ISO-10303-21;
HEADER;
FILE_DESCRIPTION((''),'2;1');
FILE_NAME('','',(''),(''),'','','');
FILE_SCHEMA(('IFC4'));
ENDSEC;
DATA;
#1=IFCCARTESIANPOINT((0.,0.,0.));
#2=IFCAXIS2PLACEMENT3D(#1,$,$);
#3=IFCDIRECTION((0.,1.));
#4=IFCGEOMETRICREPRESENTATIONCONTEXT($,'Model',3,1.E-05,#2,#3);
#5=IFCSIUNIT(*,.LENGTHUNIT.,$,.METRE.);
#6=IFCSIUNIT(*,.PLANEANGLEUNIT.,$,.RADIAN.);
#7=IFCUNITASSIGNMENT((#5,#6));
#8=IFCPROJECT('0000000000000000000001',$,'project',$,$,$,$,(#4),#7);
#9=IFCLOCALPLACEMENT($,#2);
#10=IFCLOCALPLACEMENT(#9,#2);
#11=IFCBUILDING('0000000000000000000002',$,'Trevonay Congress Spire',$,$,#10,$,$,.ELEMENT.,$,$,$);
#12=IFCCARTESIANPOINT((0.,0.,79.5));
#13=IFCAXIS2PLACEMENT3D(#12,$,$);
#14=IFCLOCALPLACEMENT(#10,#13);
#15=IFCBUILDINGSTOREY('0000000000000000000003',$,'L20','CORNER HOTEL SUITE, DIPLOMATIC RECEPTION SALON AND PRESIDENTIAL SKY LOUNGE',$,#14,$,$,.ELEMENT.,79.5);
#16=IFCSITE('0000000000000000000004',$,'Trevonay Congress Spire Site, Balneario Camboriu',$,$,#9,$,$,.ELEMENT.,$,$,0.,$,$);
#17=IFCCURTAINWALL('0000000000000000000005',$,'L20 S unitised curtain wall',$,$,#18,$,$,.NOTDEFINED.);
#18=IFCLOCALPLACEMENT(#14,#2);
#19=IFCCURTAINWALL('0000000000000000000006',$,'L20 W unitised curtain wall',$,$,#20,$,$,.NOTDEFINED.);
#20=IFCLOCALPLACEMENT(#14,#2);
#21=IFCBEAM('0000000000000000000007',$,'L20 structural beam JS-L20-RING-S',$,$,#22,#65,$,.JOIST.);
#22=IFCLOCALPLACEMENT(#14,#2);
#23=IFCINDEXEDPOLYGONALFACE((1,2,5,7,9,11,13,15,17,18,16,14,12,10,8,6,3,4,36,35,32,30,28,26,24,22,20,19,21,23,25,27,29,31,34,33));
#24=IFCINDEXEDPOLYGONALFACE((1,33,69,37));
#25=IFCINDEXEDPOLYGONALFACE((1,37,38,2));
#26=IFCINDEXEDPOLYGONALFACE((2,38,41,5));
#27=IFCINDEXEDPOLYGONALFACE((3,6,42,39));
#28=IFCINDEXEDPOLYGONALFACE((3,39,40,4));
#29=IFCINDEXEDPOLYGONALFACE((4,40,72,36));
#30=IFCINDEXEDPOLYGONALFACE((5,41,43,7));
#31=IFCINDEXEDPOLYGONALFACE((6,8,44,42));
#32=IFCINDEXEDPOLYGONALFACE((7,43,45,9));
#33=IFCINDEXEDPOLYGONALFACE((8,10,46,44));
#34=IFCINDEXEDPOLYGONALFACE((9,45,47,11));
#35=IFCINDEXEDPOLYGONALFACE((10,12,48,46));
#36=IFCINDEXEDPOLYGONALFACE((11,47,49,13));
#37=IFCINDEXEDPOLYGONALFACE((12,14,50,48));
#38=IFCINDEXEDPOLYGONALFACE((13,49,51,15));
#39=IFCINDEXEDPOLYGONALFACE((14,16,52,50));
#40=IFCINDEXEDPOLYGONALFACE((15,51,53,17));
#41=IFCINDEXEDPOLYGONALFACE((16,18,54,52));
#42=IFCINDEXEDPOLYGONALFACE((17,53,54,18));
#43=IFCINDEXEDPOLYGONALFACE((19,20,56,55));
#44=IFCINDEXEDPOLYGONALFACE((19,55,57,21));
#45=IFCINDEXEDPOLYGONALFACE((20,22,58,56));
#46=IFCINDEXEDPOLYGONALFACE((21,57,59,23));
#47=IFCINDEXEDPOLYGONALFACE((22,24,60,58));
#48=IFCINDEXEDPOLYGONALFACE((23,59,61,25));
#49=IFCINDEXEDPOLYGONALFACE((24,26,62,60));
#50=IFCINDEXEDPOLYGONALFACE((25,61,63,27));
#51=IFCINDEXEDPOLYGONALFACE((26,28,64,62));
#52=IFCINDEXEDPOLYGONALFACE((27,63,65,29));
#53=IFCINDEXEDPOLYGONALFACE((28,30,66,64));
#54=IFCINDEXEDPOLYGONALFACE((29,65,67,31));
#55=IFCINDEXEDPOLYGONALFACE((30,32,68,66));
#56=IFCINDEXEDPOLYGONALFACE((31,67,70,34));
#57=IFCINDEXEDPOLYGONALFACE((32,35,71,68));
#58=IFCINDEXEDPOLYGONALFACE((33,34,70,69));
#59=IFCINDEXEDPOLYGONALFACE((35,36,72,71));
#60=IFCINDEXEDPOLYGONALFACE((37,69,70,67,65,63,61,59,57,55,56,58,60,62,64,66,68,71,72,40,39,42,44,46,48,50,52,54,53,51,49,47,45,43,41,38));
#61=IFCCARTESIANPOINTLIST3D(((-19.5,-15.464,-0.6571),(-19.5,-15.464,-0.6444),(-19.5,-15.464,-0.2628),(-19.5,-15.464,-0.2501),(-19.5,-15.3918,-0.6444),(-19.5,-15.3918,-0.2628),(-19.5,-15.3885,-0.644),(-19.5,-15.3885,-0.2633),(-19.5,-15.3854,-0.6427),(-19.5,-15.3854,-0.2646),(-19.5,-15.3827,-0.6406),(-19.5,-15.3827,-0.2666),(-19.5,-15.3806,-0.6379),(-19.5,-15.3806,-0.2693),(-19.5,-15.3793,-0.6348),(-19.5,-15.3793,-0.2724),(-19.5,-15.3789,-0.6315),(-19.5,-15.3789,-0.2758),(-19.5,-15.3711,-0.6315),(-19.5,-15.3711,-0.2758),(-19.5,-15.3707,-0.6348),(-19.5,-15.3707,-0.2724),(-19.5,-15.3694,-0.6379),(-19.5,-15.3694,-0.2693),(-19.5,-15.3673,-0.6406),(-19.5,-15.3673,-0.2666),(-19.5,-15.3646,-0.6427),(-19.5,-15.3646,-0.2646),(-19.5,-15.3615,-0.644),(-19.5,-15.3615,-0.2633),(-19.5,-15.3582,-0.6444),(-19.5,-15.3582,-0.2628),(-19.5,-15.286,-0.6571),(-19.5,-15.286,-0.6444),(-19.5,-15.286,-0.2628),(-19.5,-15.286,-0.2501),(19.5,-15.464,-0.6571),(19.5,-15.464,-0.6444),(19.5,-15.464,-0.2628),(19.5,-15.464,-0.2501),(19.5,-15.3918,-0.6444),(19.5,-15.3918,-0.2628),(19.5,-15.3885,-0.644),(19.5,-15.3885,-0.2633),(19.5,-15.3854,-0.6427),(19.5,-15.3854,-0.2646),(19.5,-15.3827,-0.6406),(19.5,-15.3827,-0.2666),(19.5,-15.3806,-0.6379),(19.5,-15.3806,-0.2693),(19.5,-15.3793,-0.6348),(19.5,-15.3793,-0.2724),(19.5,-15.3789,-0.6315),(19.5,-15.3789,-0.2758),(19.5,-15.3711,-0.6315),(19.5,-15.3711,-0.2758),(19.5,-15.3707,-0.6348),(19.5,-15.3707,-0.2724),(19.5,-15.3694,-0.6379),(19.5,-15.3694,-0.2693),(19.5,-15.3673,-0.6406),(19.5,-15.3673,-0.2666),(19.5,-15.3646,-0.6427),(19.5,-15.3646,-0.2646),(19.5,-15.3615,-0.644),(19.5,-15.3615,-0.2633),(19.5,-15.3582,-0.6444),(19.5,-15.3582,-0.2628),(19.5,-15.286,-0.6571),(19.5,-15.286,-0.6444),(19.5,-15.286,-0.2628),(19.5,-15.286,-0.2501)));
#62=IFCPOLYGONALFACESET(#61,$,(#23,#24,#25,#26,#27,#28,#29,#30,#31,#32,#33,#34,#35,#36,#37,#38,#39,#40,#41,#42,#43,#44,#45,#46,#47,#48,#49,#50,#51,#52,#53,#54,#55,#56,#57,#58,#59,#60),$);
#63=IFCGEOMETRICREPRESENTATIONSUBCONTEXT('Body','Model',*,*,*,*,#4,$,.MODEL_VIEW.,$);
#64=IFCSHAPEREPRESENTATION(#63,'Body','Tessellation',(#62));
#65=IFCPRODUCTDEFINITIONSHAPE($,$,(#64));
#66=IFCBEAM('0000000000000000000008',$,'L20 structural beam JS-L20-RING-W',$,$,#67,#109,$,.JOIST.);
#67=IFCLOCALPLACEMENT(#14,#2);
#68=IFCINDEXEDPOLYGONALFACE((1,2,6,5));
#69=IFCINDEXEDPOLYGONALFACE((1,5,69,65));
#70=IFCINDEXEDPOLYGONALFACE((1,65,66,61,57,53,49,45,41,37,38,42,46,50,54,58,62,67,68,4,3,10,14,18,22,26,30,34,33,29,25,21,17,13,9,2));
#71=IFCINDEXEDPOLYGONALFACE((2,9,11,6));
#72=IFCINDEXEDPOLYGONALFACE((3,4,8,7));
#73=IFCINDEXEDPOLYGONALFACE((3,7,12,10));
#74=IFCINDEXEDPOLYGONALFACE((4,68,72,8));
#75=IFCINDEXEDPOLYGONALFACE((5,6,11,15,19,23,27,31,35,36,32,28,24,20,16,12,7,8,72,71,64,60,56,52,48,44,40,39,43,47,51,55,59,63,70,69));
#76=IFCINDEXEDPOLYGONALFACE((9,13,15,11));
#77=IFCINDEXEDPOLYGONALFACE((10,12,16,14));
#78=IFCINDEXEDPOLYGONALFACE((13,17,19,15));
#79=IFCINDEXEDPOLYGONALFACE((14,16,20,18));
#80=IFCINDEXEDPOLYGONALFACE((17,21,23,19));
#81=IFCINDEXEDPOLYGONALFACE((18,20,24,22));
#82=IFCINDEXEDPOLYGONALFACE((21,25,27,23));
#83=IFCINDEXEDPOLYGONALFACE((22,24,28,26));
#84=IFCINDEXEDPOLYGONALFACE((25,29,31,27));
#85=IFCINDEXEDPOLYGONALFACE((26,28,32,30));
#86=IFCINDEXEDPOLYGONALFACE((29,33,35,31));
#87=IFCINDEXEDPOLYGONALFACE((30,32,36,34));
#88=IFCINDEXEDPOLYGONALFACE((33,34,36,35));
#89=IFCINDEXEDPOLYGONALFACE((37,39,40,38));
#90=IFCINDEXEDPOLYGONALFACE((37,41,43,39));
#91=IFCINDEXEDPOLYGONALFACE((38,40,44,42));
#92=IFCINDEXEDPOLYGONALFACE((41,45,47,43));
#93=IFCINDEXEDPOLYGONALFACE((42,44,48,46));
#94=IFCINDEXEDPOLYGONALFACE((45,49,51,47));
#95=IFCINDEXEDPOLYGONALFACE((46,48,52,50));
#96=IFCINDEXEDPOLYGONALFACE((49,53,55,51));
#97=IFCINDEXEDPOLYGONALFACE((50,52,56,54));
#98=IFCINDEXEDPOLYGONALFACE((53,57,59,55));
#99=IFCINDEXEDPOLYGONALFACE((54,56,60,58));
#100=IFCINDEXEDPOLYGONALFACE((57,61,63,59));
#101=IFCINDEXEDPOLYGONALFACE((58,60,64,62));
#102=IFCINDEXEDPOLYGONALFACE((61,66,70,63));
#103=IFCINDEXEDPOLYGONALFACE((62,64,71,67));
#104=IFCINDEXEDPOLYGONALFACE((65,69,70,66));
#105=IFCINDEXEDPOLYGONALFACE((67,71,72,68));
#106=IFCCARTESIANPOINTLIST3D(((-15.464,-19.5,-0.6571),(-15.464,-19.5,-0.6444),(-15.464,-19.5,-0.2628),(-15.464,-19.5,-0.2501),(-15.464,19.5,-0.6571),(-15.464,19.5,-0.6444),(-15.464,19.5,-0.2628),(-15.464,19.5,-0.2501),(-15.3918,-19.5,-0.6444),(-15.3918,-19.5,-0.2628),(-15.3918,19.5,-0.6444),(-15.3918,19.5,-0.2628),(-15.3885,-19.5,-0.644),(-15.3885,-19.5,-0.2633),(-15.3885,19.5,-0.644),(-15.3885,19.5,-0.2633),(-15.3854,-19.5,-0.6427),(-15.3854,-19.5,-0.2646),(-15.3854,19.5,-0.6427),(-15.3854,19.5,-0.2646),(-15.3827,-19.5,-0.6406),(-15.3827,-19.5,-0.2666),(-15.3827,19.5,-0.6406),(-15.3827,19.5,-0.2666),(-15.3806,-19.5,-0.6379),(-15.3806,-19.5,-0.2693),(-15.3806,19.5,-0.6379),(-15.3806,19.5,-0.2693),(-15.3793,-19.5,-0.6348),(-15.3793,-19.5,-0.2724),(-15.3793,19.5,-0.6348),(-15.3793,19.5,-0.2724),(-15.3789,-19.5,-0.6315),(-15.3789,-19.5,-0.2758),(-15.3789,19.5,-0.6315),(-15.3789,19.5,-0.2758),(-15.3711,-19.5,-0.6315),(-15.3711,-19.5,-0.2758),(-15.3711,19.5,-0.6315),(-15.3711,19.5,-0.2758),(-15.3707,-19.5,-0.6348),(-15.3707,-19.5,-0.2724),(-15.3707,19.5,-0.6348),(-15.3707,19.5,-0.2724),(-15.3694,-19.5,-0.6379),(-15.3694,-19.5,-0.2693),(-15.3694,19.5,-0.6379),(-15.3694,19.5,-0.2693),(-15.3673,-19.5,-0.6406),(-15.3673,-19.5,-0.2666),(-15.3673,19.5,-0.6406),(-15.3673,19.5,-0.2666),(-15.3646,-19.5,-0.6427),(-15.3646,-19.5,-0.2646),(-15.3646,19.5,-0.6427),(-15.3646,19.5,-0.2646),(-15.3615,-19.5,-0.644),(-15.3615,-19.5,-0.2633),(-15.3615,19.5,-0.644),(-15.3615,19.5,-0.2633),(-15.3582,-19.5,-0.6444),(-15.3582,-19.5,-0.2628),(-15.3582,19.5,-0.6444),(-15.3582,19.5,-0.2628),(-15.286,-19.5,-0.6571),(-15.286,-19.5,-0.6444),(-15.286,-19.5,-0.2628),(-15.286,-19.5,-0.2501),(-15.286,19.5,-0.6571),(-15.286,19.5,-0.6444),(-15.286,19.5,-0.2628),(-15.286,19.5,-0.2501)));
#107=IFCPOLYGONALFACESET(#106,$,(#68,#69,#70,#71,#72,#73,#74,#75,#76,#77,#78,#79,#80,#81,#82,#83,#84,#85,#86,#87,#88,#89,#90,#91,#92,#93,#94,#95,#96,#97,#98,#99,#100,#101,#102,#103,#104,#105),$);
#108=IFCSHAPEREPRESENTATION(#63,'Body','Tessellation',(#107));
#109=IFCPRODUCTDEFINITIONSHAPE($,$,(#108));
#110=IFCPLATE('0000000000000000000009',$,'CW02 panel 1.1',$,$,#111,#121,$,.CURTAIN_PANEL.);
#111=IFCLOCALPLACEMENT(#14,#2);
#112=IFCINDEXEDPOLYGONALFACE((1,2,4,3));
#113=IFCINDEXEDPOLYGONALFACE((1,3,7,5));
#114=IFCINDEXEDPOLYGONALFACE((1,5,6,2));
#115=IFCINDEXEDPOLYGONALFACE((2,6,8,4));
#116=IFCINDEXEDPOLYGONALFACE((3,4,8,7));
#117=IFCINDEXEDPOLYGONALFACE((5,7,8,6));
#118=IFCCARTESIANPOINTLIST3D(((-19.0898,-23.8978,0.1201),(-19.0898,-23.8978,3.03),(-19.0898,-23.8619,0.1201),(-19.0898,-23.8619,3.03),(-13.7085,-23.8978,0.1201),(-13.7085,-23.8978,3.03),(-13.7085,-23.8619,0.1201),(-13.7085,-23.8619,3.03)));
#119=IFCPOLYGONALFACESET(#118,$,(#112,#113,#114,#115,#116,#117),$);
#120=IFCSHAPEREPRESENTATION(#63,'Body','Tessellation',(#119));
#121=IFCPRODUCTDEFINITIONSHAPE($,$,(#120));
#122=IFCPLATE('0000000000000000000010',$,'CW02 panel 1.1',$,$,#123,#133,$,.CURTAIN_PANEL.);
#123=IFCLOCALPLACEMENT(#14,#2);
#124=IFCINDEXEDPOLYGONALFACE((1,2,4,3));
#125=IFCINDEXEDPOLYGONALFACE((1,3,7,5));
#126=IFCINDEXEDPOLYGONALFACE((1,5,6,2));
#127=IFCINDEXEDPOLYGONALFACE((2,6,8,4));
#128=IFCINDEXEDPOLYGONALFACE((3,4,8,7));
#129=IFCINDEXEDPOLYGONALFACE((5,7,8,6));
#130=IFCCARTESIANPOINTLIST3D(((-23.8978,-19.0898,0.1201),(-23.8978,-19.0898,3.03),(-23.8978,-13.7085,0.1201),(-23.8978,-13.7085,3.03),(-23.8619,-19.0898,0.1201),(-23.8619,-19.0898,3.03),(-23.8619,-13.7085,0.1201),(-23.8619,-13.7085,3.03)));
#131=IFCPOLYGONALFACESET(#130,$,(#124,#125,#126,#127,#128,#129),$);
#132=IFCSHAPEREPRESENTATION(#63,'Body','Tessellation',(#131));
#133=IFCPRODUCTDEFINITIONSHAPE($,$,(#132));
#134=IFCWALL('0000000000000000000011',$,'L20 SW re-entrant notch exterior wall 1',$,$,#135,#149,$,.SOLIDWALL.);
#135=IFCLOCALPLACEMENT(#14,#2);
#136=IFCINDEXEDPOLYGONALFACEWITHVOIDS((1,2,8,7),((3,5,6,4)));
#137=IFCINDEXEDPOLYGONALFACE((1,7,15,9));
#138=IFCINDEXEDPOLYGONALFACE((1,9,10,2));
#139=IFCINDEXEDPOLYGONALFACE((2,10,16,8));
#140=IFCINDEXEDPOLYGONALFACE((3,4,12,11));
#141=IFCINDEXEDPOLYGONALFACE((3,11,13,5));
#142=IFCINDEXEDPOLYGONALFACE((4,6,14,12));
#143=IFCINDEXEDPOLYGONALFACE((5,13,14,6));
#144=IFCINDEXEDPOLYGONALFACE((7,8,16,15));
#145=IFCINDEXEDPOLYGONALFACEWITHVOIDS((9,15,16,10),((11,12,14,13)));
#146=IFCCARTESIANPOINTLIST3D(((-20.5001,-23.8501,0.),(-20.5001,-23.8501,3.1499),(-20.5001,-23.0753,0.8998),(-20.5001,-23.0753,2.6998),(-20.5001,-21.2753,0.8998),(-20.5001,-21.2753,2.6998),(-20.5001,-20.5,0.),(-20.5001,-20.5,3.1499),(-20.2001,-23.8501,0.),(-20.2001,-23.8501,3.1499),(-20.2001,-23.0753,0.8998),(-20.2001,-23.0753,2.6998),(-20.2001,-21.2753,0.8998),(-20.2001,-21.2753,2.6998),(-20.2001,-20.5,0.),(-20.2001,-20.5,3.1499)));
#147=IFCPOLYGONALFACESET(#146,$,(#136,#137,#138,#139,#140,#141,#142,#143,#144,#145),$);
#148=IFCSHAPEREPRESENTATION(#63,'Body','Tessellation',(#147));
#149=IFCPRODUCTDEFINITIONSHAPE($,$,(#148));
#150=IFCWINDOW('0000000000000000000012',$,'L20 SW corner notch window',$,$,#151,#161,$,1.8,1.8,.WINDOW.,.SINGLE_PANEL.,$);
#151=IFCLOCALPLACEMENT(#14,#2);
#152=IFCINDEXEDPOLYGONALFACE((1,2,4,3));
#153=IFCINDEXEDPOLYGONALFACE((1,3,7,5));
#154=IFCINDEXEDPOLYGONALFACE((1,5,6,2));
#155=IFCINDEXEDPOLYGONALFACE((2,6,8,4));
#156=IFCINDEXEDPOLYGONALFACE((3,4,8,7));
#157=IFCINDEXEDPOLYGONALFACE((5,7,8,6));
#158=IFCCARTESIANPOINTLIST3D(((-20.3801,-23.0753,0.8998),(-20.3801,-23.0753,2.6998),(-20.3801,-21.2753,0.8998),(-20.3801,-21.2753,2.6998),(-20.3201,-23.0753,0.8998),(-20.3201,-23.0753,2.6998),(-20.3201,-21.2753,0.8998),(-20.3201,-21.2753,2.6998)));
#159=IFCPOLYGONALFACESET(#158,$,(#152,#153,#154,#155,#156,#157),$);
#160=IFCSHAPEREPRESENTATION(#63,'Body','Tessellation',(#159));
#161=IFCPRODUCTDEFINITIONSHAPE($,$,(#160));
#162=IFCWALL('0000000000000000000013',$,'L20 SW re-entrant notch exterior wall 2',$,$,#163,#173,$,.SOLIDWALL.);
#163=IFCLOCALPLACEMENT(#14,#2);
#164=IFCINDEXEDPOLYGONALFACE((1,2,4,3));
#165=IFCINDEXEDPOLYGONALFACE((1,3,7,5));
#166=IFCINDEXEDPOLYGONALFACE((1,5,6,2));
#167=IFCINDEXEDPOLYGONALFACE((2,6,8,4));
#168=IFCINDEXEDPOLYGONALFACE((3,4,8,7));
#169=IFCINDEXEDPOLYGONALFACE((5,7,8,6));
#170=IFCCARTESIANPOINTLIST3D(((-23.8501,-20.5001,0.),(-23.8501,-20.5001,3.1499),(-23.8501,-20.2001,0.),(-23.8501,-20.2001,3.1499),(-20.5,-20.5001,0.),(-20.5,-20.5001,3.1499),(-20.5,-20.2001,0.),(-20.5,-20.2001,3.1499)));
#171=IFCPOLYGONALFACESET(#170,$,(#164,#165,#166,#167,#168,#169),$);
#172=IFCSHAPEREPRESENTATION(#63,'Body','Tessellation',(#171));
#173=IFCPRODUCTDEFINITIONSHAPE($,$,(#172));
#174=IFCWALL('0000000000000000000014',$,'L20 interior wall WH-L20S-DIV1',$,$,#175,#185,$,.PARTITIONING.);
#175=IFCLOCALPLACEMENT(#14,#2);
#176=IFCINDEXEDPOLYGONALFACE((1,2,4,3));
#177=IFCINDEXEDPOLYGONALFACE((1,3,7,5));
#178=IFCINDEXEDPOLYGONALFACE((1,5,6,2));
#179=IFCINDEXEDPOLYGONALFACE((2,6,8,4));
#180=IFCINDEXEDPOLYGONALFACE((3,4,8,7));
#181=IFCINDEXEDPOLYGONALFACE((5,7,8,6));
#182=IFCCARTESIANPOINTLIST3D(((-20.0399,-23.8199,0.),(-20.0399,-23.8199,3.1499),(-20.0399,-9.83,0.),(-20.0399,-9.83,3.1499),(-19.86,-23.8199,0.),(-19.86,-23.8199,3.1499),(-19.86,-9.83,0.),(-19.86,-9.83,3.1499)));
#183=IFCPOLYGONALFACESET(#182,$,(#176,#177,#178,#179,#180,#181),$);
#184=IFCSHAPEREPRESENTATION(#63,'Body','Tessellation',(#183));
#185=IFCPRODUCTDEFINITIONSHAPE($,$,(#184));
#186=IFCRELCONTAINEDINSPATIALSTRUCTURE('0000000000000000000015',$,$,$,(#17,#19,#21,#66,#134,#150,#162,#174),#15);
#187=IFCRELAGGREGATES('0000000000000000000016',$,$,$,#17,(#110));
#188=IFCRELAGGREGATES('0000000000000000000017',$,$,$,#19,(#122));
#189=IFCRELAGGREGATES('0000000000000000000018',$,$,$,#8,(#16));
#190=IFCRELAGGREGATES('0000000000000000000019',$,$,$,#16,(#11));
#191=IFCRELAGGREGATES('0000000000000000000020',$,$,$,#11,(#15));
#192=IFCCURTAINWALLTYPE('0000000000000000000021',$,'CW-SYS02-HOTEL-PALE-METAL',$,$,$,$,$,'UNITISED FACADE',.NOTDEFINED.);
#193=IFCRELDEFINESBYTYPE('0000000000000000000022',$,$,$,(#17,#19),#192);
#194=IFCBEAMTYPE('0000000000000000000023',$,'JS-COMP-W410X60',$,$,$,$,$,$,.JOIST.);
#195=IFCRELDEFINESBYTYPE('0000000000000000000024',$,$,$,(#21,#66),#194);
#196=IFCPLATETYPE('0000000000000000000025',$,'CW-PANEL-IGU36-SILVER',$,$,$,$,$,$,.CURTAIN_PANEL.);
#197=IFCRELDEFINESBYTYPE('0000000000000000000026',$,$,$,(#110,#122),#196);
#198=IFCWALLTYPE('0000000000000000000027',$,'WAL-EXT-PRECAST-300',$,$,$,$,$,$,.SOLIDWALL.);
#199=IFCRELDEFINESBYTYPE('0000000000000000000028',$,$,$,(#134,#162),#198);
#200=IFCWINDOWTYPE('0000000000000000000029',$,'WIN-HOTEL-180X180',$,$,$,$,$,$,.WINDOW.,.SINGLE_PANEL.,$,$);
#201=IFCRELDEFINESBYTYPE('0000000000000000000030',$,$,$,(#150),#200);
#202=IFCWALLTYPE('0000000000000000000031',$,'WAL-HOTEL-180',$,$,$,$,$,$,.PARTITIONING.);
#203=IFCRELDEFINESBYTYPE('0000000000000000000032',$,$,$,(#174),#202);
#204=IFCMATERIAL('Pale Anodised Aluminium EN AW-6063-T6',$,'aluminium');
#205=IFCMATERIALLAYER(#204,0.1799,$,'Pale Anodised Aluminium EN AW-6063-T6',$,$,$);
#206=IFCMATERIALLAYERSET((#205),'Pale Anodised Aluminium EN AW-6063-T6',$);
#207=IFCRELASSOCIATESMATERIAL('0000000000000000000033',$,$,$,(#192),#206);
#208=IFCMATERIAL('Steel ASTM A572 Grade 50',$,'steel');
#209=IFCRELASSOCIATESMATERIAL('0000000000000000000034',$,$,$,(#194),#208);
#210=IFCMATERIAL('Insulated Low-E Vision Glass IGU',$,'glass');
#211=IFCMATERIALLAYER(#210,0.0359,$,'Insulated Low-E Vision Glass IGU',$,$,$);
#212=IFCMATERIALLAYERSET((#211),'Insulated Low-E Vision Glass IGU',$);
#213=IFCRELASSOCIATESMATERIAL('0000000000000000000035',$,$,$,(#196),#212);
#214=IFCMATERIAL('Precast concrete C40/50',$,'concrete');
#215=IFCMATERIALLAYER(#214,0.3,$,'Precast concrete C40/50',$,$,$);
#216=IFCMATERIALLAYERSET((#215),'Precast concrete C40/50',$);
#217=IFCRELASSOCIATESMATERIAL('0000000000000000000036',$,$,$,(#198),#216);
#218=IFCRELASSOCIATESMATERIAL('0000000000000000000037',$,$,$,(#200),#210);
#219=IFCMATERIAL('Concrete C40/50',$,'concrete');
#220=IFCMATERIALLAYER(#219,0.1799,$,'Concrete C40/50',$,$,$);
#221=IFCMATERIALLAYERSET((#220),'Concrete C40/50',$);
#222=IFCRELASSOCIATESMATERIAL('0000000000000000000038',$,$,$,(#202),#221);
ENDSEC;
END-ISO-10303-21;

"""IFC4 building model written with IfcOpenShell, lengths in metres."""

from ifc_helpers import new_model, si_unit, direction, frame, frame_2d, origin, origin_2d, place, context, subcontext, project, spatial, rectangle, i_section, extrude, material, layer, layer_set, material_profile, profile_set, type_object, element, fill, aggregate, save


model = new_model("IFC4")

# Units and contexts
model_context = context("Model", 3, precision=1e-05, world=origin(), true_north=direction((0.0, 1.0)))
body_context = subcontext(model_context, "Body", "Model", "MODEL_VIEW")
ifc_project = project(units=[si_unit("LENGTHUNIT", "METRE"), si_unit("PLANEANGLEUNIT", "RADIAN")], contexts=[model_context])

# Site, building, storey
site_placement = place(None, origin())
site = spatial("IfcSite", under=ifc_project, at=site_placement, Name="Trevonay Congress Spire Site, Balneario Camboriu", CompositionType="ELEMENT", RefElevation=0.0)
building_placement = place(site_placement, origin())
building = spatial("IfcBuilding", under=site, at=building_placement, Name="Trevonay Congress Spire", CompositionType="ELEMENT")
storey_placement = place(building_placement, frame((0.0, 0.0, 79.5)))
storey = spatial("IfcBuildingStorey", under=building, at=storey_placement, Name="L20", Description="CORNER HOTEL SUITE, DIPLOMATIC RECEPTION SALON AND PRESIDENTIAL SKY LOUNGE", CompositionType="ELEMENT", Elevation=79.5)

# Shared definitions
ifc_material_1 = material(Name="Steel ASTM A572 Grade 50", Category="steel")

# Curtain walls
ifc_material_2 = material(Name="Pale Anodised Aluminium EN AW-6063-T6", Category="aluminium")
ifc_layer_1 = layer(ifc_material_2, 0.1799, Name="Pale Anodised Aluminium EN AW-6063-T6")
ifc_layer_set_1 = layer_set([ifc_layer_1], Name="Pale Anodised Aluminium EN AW-6063-T6")
curtain_wall_type = type_object("IfcCurtainWallType", Name="CW-SYS02-HOTEL-PALE-METAL", ElementType="UNITISED FACADE", PredefinedType="NOTDEFINED", material=ifc_layer_set_1)
curtain_wall_1_placement = place(storey_placement, origin())
curtain_wall_1 = element("IfcCurtainWall", 1, at=curtain_wall_1_placement, inside=storey, type_object=curtain_wall_type, Name="L20 S unitised curtain wall", PredefinedType="NOTDEFINED")
curtain_wall_2_placement = place(storey_placement, origin())
curtain_wall_2 = element("IfcCurtainWall", 2, at=curtain_wall_2_placement, inside=storey, type_object=curtain_wall_type, Name="L20 W unitised curtain wall", PredefinedType="NOTDEFINED")

# Beams
ifc_material_profile_1 = material_profile(ifc_material_1, i_section(OverallWidth=0.178, OverallDepth=0.407, WebThickness=0.0078, FlangeThickness=0.0127, FilletRadius=0.0129, at=origin_2d()), Name="W410x60")
ifc_profile_set_1 = profile_set([ifc_material_profile_1], Name="Steel ASTM A572 Grade 50")
beam_type_1 = type_object("IfcBeamType", Name="JS-COMP-W410X60", PredefinedType="JOIST", material=ifc_profile_set_1)
for number, where, z_axis, x_axis, name in (
    (3, (-19.5, -15.375, -0.4536), (1.0, 0.0, 0.0), (0.0, 1.0, 0.0), "L20 structural beam JS-L20-RING-S"),
    (4, (-15.375, -19.5, -0.4536), (0.0, 1.0, 0.0), (-1.0, 0.0, 0.0), "L20 structural beam JS-L20-RING-W"),
):
    element("IfcBeam", number, at=place(storey_placement, frame(where, z_axis=z_axis, x_axis=x_axis)), inside=storey, type_object=beam_type_1, Name=name, PredefinedType="JOIST", context=body_context, shape_type="SweptSolid", body=[
        extrude(i_section(OverallWidth=0.178, OverallDepth=0.407, WebThickness=0.0078, FlangeThickness=0.0127, FilletRadius=0.0129, at=origin_2d()), origin(), (0.0, 0.0, 1.0), 39.0),
    ])

# Plates
ifc_material_3 = material(Name="Insulated Low-E Vision Glass IGU", Category="glass")
ifc_layer_2 = layer(ifc_material_3, 0.0359, Name="Insulated Low-E Vision Glass IGU")
ifc_layer_set_2 = layer_set([ifc_layer_2], Name="Insulated Low-E Vision Glass IGU")
plate_type = type_object("IfcPlateType", Name="CW-PANEL-IGU36-SILVER", PredefinedType="CURTAIN_PANEL", material=ifc_layer_set_2)
plate_1_placement = place(storey_placement, frame((-16.3992, -23.8799, 0.1201), z_axis=(0.0, 0.0, 1.0), x_axis=(1.0, 0.0, 0.0)))
plate_1 = element("IfcPlate", 5, at=plate_1_placement, type_object=plate_type, Name="CW02 panel 1.1", PredefinedType="CURTAIN_PANEL", context=body_context, shape_type="SweptSolid", body=[
    extrude(rectangle(XDim=5.3813, YDim=0.0359, at=origin_2d()), origin(), (0.0, 0.0, 1.0), 2.9099),
])
aggregate(curtain_wall_1, [plate_1])
plate_2_placement = place(storey_placement, frame((-23.8799, -16.3992, 0.1201), z_axis=(0.0, 0.0, 1.0), x_axis=(0.0, 1.0, 0.0)))
plate_2 = element("IfcPlate", 6, at=plate_2_placement, type_object=plate_type, Name="CW02 panel 1.1", PredefinedType="CURTAIN_PANEL", context=body_context, shape_type="SweptSolid", body=[
    extrude(rectangle(XDim=5.3813, YDim=0.0359, at=origin_2d()), origin(), (0.0, 0.0, 1.0), 2.9099),
])
aggregate(curtain_wall_2, [plate_2])

# Wall, opening, window
ifc_material_4 = material(Name="Precast concrete C40/50", Category="concrete")
ifc_layer_3 = layer(ifc_material_4, 0.3, Name="Precast concrete C40/50")
ifc_layer_set_3 = layer_set([ifc_layer_3], Name="Precast concrete C40/50")
wall_type_1 = type_object("IfcWallType", Name="WAL-EXT-PRECAST-300", PredefinedType="SOLIDWALL", material=ifc_layer_set_3)
wall_1_placement = place(storey_placement, frame((-20.3501, -23.8501, 0.0), z_axis=(0.0, 0.0, 1.0), x_axis=(0.0, 1.0, 0.0)))
wall_1 = element("IfcWall", 7, at=wall_1_placement, inside=storey, type_object=wall_type_1, Name="L20 SW re-entrant notch exterior wall 1", PredefinedType="SOLIDWALL", context=body_context, shape_type="SweptSolid", body=[
    extrude(rectangle(XDim=3.3501, YDim=0.3, at=frame_2d((1.675, 0.0))), origin(), (0.0, 0.0, 1.0), 3.1499),
])
opening_placement = place(wall_1_placement, frame((0.7749, 0.0, 0.8999)))
opening = element("IfcOpeningElement", 8, at=opening_placement, cuts=wall_1, PredefinedType="OPENING", context=body_context, shape_type="SweptSolid", body=[
    extrude(rectangle(XDim=1.8, YDim=1.8, at=frame_2d((0.8999, 0.8999))), frame((0.0, 0.1602, 0.0), z_axis=(0.0, -1.0, 0.0), x_axis=(1.0, 0.0, 0.0)), (0.0, 0.0, 1.0), 0.3201),
])
window_type = type_object("IfcWindowType", Name="WIN-HOTEL-180X180", PartitioningType="SINGLE_PANEL", PredefinedType="WINDOW", material=ifc_material_3)
window_placement = place(opening_placement, origin())
window = element("IfcWindow", 9, at=window_placement, inside=storey, type_object=window_type, Name="L20 SW corner notch window", OverallHeight=1.8, OverallWidth=1.8, PartitioningType="SINGLE_PANEL", PredefinedType="WINDOW", context=body_context, shape_type="SweptSolid", body=[
    extrude(rectangle(XDim=1.8, YDim=1.8, at=frame_2d((0.8999, 0.8999))), frame((0.0, 0.03, 0.0), z_axis=(0.0, -1.0, 0.0), x_axis=(1.0, 0.0, 0.0)), (0.0, 0.0, 1.0), 0.0601),
])
fill(opening, window)

# Walls
wall_2_placement = place(storey_placement, frame((-23.8501, -20.3501, 0.0), z_axis=(0.0, 0.0, 1.0), x_axis=(1.0, 0.0, 0.0)))
element("IfcWall", 10, at=wall_2_placement, inside=storey, type_object=wall_type_1, Name="L20 SW re-entrant notch exterior wall 2", PredefinedType="SOLIDWALL", context=body_context, shape_type="SweptSolid", body=[
    extrude(rectangle(XDim=3.3501, YDim=0.3, at=frame_2d((1.675, 0.0))), origin(), (0.0, 0.0, 1.0), 3.1499),
])
ifc_material_5 = material(Name="Concrete C40/50", Category="concrete")
ifc_layer_4 = layer(ifc_material_5, 0.1799, Name="Concrete C40/50")
ifc_layer_set_4 = layer_set([ifc_layer_4], Name="Concrete C40/50")
wall_type_2 = type_object("IfcWallType", Name="WAL-HOTEL-180", PredefinedType="PARTITIONING", material=ifc_layer_set_4)
wall_3_placement = place(storey_placement, frame((-19.95, -23.8201, 0.0), z_axis=(0.0, 0.0, 1.0), x_axis=(0.0, 1.0, 0.0)))
element("IfcWall", 11, at=wall_3_placement, inside=storey, type_object=wall_type_2, Name="L20 interior wall WH-L20S-DIV1", PredefinedType="PARTITIONING", context=body_context, shape_type="SweptSolid", body=[
    extrude(rectangle(XDim=13.99, YDim=0.1799, at=frame_2d((6.9951, 0.0))), origin(), (0.0, 0.0, 1.0), 3.1499),
])

save(model, "model.ifc")
